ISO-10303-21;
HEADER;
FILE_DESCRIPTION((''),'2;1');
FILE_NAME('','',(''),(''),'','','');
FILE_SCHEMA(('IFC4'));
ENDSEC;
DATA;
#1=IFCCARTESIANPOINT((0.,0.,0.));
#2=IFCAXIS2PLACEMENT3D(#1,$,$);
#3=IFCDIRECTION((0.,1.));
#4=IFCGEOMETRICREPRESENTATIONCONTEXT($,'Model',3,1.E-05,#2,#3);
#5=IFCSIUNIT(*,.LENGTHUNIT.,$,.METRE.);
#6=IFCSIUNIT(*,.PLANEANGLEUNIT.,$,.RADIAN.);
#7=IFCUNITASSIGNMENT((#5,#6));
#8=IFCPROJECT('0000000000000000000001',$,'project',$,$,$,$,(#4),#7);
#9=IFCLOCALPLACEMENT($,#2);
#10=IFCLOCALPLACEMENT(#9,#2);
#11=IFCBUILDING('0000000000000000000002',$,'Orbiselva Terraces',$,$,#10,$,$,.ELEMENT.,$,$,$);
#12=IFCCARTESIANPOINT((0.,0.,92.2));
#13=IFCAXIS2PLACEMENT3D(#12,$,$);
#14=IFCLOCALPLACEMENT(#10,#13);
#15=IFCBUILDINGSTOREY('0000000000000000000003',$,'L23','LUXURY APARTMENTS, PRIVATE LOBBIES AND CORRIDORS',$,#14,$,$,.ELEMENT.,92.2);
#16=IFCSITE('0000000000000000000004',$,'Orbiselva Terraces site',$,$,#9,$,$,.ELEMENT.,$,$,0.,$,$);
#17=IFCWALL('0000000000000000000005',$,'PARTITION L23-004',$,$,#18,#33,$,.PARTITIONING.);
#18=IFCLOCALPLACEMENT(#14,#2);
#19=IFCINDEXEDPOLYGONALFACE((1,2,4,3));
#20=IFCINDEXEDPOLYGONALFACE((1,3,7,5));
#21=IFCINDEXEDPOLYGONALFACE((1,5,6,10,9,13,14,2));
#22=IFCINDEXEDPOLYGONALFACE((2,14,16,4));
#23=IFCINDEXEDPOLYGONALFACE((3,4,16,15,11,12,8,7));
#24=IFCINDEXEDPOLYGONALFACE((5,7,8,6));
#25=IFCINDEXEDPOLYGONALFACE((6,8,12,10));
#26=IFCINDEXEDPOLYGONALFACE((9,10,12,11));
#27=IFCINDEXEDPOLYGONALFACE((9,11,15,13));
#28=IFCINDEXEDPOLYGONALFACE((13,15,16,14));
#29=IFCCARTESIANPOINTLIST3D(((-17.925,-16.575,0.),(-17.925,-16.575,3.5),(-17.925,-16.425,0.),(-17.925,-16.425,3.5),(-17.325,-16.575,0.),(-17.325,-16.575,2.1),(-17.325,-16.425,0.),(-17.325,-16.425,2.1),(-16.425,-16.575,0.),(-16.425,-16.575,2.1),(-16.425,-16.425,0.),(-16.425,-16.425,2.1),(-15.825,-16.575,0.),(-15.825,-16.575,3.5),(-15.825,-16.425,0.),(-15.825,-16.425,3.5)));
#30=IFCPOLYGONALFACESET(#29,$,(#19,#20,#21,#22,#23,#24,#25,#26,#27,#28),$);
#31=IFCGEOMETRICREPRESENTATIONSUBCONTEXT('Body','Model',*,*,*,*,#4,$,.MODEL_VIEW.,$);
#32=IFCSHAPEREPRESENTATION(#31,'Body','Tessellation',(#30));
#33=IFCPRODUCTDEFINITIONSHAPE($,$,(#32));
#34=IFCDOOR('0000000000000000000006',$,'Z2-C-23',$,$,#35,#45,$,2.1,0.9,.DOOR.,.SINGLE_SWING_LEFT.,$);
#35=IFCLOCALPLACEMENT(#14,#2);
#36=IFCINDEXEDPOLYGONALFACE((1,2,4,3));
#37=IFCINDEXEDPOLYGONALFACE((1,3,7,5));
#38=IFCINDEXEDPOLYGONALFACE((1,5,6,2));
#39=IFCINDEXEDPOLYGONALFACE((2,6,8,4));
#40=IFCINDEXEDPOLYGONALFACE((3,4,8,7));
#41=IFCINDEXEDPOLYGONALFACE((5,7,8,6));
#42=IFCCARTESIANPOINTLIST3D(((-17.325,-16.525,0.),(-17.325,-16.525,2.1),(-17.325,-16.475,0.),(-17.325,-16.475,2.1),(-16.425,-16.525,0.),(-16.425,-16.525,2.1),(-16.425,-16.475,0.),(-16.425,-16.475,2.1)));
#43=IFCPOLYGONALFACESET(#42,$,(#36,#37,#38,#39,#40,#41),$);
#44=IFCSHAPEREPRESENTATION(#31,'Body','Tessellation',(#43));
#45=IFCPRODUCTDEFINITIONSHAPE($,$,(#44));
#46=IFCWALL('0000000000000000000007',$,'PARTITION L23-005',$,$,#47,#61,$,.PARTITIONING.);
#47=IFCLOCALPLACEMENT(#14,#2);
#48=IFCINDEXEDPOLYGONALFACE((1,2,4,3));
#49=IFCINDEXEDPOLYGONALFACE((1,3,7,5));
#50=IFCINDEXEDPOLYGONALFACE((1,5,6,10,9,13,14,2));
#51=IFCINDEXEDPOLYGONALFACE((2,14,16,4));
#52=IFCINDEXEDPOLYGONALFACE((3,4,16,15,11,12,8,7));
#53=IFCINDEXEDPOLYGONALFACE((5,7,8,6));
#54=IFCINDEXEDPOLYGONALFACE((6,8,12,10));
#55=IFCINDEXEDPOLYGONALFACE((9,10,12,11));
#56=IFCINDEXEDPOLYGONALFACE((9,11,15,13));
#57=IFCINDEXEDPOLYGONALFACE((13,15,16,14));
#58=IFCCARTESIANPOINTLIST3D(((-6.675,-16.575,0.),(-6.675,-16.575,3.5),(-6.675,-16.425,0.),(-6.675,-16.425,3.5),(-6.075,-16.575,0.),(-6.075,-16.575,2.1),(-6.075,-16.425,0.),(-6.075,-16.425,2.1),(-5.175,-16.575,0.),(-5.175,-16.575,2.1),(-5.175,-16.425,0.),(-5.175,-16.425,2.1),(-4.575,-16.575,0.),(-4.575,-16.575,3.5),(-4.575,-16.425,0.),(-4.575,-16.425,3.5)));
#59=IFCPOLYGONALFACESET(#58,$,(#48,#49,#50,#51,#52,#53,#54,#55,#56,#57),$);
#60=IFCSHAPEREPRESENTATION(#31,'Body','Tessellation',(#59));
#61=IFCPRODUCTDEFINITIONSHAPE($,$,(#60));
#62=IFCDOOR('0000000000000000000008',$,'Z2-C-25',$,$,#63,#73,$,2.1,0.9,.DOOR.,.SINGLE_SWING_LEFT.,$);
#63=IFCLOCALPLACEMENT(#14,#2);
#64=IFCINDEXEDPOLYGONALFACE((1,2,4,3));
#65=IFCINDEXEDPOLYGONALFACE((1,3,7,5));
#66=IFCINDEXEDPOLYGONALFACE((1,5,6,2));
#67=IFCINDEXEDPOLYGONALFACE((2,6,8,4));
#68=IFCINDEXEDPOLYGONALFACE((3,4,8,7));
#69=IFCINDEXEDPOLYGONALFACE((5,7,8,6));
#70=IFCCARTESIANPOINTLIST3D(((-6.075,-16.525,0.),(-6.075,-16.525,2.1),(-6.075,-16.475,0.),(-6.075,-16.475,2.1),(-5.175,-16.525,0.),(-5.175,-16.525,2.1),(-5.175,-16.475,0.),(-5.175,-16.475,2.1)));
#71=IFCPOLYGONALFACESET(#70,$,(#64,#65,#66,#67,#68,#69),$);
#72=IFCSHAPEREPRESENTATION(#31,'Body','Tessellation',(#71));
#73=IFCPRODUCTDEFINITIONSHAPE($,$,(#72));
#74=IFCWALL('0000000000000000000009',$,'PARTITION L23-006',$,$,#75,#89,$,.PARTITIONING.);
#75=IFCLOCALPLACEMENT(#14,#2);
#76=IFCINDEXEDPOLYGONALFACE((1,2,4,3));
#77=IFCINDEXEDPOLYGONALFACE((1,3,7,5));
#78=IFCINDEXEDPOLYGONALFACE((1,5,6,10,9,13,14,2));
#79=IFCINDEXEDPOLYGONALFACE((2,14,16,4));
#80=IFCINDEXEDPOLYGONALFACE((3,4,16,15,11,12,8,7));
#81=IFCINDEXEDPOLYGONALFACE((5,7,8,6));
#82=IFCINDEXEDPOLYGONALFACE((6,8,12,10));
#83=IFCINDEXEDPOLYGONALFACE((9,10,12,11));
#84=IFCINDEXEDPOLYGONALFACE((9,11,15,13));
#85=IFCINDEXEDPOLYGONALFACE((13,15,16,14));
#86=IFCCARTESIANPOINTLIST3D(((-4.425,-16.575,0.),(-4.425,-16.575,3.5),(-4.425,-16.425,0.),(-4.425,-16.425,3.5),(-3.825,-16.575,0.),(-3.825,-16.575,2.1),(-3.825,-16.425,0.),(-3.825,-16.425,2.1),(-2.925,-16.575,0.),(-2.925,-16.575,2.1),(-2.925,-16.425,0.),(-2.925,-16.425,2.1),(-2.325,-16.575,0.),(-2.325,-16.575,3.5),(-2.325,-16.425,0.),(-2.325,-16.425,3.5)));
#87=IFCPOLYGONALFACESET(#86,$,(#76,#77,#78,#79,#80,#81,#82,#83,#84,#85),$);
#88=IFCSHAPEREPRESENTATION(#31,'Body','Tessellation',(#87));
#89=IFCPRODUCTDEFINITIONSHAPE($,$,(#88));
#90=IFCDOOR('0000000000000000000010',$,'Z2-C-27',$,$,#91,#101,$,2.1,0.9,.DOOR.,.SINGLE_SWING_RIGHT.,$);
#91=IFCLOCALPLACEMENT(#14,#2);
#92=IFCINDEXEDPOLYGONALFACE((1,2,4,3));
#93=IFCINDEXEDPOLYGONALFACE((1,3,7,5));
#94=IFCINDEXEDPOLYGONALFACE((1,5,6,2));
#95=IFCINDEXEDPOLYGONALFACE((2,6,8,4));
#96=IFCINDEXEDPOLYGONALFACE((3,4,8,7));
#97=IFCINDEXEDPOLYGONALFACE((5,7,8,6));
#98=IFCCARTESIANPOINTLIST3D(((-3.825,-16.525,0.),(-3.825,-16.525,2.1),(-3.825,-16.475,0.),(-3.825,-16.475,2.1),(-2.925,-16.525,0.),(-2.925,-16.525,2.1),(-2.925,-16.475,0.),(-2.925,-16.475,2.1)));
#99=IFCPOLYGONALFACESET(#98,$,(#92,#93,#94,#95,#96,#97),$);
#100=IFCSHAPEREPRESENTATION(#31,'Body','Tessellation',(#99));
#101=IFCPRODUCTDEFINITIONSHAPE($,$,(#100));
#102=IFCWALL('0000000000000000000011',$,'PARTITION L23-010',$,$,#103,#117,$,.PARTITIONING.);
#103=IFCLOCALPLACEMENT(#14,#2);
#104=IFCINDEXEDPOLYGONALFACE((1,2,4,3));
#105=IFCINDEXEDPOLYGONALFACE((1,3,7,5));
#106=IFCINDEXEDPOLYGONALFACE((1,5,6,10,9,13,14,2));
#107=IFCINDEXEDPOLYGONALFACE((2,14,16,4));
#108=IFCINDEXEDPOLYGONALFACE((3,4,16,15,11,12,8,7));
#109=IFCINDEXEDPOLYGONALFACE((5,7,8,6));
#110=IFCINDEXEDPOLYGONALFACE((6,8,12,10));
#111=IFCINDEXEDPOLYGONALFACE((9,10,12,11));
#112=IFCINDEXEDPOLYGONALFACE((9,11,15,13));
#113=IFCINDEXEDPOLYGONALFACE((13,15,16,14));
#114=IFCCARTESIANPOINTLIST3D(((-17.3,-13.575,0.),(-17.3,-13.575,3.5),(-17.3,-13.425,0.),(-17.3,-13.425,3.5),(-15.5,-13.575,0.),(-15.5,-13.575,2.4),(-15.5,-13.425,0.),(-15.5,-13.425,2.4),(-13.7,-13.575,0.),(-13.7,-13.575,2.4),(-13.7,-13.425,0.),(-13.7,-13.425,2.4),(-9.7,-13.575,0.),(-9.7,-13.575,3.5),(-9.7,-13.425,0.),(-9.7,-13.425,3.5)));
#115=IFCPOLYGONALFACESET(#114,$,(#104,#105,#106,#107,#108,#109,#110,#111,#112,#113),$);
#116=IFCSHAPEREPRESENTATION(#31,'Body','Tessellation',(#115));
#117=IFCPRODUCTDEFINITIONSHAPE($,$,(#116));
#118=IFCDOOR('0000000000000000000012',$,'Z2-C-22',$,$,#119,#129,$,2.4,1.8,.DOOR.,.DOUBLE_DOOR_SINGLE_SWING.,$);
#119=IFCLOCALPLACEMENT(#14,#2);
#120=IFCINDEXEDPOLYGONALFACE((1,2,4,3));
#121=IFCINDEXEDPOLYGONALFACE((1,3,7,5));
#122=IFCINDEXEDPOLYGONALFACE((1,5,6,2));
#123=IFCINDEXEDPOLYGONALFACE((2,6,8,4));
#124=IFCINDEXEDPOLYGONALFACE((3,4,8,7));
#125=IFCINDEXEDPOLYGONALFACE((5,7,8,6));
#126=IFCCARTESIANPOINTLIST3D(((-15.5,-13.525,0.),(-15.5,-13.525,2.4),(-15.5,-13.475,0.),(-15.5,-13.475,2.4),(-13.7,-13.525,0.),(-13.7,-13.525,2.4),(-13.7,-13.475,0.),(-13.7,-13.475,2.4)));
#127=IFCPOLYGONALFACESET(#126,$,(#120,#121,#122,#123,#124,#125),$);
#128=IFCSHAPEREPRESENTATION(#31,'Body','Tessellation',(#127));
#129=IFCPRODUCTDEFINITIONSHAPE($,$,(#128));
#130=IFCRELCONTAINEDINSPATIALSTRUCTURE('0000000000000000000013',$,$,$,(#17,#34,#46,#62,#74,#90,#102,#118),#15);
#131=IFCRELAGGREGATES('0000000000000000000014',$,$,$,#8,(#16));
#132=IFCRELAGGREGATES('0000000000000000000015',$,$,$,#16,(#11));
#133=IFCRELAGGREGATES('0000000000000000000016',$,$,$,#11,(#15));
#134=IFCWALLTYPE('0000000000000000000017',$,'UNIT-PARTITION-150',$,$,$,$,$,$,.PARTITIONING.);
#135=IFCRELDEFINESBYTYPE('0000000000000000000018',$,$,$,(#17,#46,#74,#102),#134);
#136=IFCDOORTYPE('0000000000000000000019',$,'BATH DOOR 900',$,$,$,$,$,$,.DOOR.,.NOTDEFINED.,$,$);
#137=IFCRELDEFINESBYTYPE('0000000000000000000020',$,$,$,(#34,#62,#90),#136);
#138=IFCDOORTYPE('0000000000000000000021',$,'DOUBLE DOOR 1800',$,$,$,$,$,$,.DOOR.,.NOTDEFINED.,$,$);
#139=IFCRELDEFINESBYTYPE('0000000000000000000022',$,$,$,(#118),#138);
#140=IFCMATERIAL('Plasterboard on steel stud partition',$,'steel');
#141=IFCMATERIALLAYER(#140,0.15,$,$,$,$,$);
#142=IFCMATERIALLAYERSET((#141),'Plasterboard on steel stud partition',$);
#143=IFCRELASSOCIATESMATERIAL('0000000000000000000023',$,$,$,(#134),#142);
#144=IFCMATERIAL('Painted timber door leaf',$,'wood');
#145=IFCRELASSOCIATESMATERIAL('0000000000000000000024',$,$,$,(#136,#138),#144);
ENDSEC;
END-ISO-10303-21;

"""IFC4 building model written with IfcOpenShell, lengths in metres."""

from ifc_helpers import new_model, si_unit, direction, frame, frame_2d, origin, place, context, subcontext, project, spatial, rectangle, extrude, material, layer, layer_set, type_object, element, fill, save


model = new_model("IFC4")

# Units and contexts
model_context = context("Model", 3, precision=1e-05, world=origin(), true_north=direction((0.0, 1.0)))
body_context = subcontext(model_context, "Body", "Model", "MODEL_VIEW")
ifc_project = project(units=[si_unit("LENGTHUNIT", "METRE"), si_unit("PLANEANGLEUNIT", "RADIAN")], contexts=[model_context])

# Site, building, storey
site_placement = place(None, origin())
site = spatial("IfcSite", under=ifc_project, at=site_placement, Name="Orbiselva Terraces site", CompositionType="ELEMENT", RefElevation=0.0)
building_placement = place(site_placement, origin())
building = spatial("IfcBuilding", under=site, at=building_placement, Name="Orbiselva Terraces", CompositionType="ELEMENT")
storey_placement = place(building_placement, frame((0.0, 0.0, 92.2)))
storey = spatial("IfcBuildingStorey", under=building, at=storey_placement, Name="L23", Description="LUXURY APARTMENTS, PRIVATE LOBBIES AND CORRIDORS", CompositionType="ELEMENT", Elevation=92.2)

# Walls, openings, doors
ifc_material_1 = material(Name="Plasterboard on steel stud partition", Category="steel")
ifc_layer_1 = layer(ifc_material_1, 0.15)
ifc_layer_set_1 = layer_set([ifc_layer_1], Name="Plasterboard on steel stud partition")
wall_type_1 = type_object("IfcWallType", Name="UNIT-PARTITION-150", PredefinedType="PARTITIONING", material=ifc_layer_set_1)
wall_1_placement = place(storey_placement, frame((-17.925, -16.5, 0.0), z_axis=(0.0, 0.0, 1.0), x_axis=(1.0, 0.0, 0.0)))
wall_1 = element("IfcWall", 1, at=wall_1_placement, inside=storey, type_object=wall_type_1, Name="PARTITION L23-004", PredefinedType="PARTITIONING", context=body_context, shape_type="SweptSolid", body=[
    extrude(rectangle(XDim=2.1, YDim=0.15, at=frame_2d((1.05, 0.0))), origin(), (0.0, 0.0, 1.0), 3.5),
])
opening_1_placement = place(wall_1_placement, frame((0.6, 0.0, 0.0)))
opening_1 = element("IfcOpeningElement", 2, at=opening_1_placement, cuts=wall_1, PredefinedType="OPENING", context=body_context, shape_type="SweptSolid", body=[
    extrude(rectangle(XDim=0.9, YDim=2.1, at=frame_2d((0.45, 1.05))), frame((0.0, 0.085, 0.0), z_axis=(0.0, -1.0, 0.0), x_axis=(1.0, 0.0, 0.0)), (0.0, 0.0, 1.0), 0.17),
])
ifc_material_2 = material(Name="Painted timber door leaf", Category="wood")
door_type_1 = type_object("IfcDoorType", Name="BATH DOOR 900", OperationType="NOTDEFINED", PredefinedType="DOOR", material=ifc_material_2)
door_1_placement = place(opening_1_placement, origin())
door_1 = element("IfcDoor", 3, at=door_1_placement, inside=storey, type_object=door_type_1, Name="Z2-C-23", OperationType="SINGLE_SWING_LEFT", OverallHeight=2.1, OverallWidth=0.9, PredefinedType="DOOR", context=body_context, shape_type="SweptSolid", body=[
    extrude(rectangle(XDim=0.9, YDim=2.1, at=frame_2d((0.45, 1.05))), frame((0.0, 0.025, 0.0), z_axis=(0.0, -1.0, 0.0), x_axis=(1.0, 0.0, 0.0)), (0.0, 0.0, 1.0), 0.05),
])
fill(opening_1, door_1)
wall_2_placement = place(storey_placement, frame((-6.675, -16.5, 0.0), z_axis=(0.0, 0.0, 1.0), x_axis=(1.0, 0.0, 0.0)))
wall_2 = element("IfcWall", 4, at=wall_2_placement, inside=storey, type_object=wall_type_1, Name="PARTITION L23-005", PredefinedType="PARTITIONING", context=body_context, shape_type="SweptSolid", body=[
    extrude(rectangle(XDim=2.1, YDim=0.15, at=frame_2d((1.05, 0.0))), origin(), (0.0, 0.0, 1.0), 3.5),
])
opening_2_placement = place(wall_2_placement, frame((0.6, 0.0, 0.0)))
opening_2 = element("IfcOpeningElement", 5, at=opening_2_placement, cuts=wall_2, PredefinedType="OPENING", context=body_context, shape_type="SweptSolid", body=[
    extrude(rectangle(XDim=0.9, YDim=2.1, at=frame_2d((0.45, 1.05))), frame((0.0, 0.085, 0.0), z_axis=(0.0, -1.0, 0.0), x_axis=(1.0, 0.0, 0.0)), (0.0, 0.0, 1.0), 0.17),
])
door_2_placement = place(opening_2_placement, origin())
door_2 = element("IfcDoor", 6, at=door_2_placement, inside=storey, type_object=door_type_1, Name="Z2-C-25", OperationType="SINGLE_SWING_LEFT", OverallHeight=2.1, OverallWidth=0.9, PredefinedType="DOOR", context=body_context, shape_type="SweptSolid", body=[
    extrude(rectangle(XDim=0.9, YDim=2.1, at=frame_2d((0.45, 1.05))), frame((0.0, 0.025, 0.0), z_axis=(0.0, -1.0, 0.0), x_axis=(1.0, 0.0, 0.0)), (0.0, 0.0, 1.0), 0.05),
])
fill(opening_2, door_2)
wall_3_placement = place(storey_placement, frame((-4.425, -16.5, 0.0), z_axis=(0.0, 0.0, 1.0), x_axis=(1.0, 0.0, 0.0)))
wall_3 = element("IfcWall", 7, at=wall_3_placement, inside=storey, type_object=wall_type_1, Name="PARTITION L23-006", PredefinedType="PARTITIONING", context=body_context, shape_type="SweptSolid", body=[
    extrude(rectangle(XDim=2.1, YDim=0.15, at=frame_2d((1.05, 0.0))), origin(), (0.0, 0.0, 1.0), 3.5),
])
opening_3_placement = place(wall_3_placement, frame((0.6, 0.0, 0.0)))
opening_3 = element("IfcOpeningElement", 8, at=opening_3_placement, cuts=wall_3, PredefinedType="OPENING", context=body_context, shape_type="SweptSolid", body=[
    extrude(rectangle(XDim=0.9, YDim=2.1, at=frame_2d((0.45, 1.05))), frame((0.0, 0.085, 0.0), z_axis=(0.0, -1.0, 0.0), x_axis=(1.0, 0.0, 0.0)), (0.0, 0.0, 1.0), 0.17),
])
door_3_placement = place(opening_3_placement, origin())
door_3 = element("IfcDoor", 9, at=door_3_placement, inside=storey, type_object=door_type_1, Name="Z2-C-27", OperationType="SINGLE_SWING_RIGHT", OverallHeight=2.1, OverallWidth=0.9, PredefinedType="DOOR", context=body_context, shape_type="SweptSolid", body=[
    extrude(rectangle(XDim=0.9, YDim=2.1, at=frame_2d((0.45, 1.05))), frame((0.0, 0.025, 0.0), z_axis=(0.0, -1.0, 0.0), x_axis=(1.0, 0.0, 0.0)), (0.0, 0.0, 1.0), 0.05),
])
fill(opening_3, door_3)
wall_4_placement = place(storey_placement, frame((-9.7, -13.5, 0.0), z_axis=(0.0, 0.0, 1.0), x_axis=(-1.0, 0.0, 0.0)))
wall_4 = element("IfcWall", 10, at=wall_4_placement, inside=storey, type_object=wall_type_1, Name="PARTITION L23-010", PredefinedType="PARTITIONING", context=body_context, shape_type="SweptSolid", body=[
    extrude(rectangle(XDim=7.6, YDim=0.15, at=frame_2d((3.8, 0.0))), origin(), (0.0, 0.0, 1.0), 3.5),
])
opening_4_placement = place(wall_4_placement, frame((4.0, 0.0, 0.0)))
opening_4 = element("IfcOpeningElement", 11, at=opening_4_placement, cuts=wall_4, PredefinedType="OPENING", context=body_context, shape_type="SweptSolid", body=[
    extrude(rectangle(XDim=1.8, YDim=2.4, at=frame_2d((0.9, 1.2))), frame((0.0, 0.085, 0.0), z_axis=(0.0, -1.0, 0.0), x_axis=(1.0, 0.0, 0.0)), (0.0, 0.0, 1.0), 0.17),
])
door_type_2 = type_object("IfcDoorType", Name="DOUBLE DOOR 1800", OperationType="NOTDEFINED", PredefinedType="DOOR", material=ifc_material_2)
door_4_placement = place(opening_4_placement, origin())
door_4 = element("IfcDoor", 12, at=door_4_placement, inside=storey, type_object=door_type_2, Name="Z2-C-22", OperationType="DOUBLE_DOOR_SINGLE_SWING", OverallHeight=2.4, OverallWidth=1.8, PredefinedType="DOOR", context=body_context, shape_type="SweptSolid", body=[
    extrude(rectangle(XDim=1.8, YDim=2.4, at=frame_2d((0.9, 1.2))), frame((0.0, 0.025, 0.0), z_axis=(0.0, -1.0, 0.0), x_axis=(1.0, 0.0, 0.0)), (0.0, 0.0, 1.0), 0.05),
])
fill(opening_4, door_4)

save(model, "model.ifc")
